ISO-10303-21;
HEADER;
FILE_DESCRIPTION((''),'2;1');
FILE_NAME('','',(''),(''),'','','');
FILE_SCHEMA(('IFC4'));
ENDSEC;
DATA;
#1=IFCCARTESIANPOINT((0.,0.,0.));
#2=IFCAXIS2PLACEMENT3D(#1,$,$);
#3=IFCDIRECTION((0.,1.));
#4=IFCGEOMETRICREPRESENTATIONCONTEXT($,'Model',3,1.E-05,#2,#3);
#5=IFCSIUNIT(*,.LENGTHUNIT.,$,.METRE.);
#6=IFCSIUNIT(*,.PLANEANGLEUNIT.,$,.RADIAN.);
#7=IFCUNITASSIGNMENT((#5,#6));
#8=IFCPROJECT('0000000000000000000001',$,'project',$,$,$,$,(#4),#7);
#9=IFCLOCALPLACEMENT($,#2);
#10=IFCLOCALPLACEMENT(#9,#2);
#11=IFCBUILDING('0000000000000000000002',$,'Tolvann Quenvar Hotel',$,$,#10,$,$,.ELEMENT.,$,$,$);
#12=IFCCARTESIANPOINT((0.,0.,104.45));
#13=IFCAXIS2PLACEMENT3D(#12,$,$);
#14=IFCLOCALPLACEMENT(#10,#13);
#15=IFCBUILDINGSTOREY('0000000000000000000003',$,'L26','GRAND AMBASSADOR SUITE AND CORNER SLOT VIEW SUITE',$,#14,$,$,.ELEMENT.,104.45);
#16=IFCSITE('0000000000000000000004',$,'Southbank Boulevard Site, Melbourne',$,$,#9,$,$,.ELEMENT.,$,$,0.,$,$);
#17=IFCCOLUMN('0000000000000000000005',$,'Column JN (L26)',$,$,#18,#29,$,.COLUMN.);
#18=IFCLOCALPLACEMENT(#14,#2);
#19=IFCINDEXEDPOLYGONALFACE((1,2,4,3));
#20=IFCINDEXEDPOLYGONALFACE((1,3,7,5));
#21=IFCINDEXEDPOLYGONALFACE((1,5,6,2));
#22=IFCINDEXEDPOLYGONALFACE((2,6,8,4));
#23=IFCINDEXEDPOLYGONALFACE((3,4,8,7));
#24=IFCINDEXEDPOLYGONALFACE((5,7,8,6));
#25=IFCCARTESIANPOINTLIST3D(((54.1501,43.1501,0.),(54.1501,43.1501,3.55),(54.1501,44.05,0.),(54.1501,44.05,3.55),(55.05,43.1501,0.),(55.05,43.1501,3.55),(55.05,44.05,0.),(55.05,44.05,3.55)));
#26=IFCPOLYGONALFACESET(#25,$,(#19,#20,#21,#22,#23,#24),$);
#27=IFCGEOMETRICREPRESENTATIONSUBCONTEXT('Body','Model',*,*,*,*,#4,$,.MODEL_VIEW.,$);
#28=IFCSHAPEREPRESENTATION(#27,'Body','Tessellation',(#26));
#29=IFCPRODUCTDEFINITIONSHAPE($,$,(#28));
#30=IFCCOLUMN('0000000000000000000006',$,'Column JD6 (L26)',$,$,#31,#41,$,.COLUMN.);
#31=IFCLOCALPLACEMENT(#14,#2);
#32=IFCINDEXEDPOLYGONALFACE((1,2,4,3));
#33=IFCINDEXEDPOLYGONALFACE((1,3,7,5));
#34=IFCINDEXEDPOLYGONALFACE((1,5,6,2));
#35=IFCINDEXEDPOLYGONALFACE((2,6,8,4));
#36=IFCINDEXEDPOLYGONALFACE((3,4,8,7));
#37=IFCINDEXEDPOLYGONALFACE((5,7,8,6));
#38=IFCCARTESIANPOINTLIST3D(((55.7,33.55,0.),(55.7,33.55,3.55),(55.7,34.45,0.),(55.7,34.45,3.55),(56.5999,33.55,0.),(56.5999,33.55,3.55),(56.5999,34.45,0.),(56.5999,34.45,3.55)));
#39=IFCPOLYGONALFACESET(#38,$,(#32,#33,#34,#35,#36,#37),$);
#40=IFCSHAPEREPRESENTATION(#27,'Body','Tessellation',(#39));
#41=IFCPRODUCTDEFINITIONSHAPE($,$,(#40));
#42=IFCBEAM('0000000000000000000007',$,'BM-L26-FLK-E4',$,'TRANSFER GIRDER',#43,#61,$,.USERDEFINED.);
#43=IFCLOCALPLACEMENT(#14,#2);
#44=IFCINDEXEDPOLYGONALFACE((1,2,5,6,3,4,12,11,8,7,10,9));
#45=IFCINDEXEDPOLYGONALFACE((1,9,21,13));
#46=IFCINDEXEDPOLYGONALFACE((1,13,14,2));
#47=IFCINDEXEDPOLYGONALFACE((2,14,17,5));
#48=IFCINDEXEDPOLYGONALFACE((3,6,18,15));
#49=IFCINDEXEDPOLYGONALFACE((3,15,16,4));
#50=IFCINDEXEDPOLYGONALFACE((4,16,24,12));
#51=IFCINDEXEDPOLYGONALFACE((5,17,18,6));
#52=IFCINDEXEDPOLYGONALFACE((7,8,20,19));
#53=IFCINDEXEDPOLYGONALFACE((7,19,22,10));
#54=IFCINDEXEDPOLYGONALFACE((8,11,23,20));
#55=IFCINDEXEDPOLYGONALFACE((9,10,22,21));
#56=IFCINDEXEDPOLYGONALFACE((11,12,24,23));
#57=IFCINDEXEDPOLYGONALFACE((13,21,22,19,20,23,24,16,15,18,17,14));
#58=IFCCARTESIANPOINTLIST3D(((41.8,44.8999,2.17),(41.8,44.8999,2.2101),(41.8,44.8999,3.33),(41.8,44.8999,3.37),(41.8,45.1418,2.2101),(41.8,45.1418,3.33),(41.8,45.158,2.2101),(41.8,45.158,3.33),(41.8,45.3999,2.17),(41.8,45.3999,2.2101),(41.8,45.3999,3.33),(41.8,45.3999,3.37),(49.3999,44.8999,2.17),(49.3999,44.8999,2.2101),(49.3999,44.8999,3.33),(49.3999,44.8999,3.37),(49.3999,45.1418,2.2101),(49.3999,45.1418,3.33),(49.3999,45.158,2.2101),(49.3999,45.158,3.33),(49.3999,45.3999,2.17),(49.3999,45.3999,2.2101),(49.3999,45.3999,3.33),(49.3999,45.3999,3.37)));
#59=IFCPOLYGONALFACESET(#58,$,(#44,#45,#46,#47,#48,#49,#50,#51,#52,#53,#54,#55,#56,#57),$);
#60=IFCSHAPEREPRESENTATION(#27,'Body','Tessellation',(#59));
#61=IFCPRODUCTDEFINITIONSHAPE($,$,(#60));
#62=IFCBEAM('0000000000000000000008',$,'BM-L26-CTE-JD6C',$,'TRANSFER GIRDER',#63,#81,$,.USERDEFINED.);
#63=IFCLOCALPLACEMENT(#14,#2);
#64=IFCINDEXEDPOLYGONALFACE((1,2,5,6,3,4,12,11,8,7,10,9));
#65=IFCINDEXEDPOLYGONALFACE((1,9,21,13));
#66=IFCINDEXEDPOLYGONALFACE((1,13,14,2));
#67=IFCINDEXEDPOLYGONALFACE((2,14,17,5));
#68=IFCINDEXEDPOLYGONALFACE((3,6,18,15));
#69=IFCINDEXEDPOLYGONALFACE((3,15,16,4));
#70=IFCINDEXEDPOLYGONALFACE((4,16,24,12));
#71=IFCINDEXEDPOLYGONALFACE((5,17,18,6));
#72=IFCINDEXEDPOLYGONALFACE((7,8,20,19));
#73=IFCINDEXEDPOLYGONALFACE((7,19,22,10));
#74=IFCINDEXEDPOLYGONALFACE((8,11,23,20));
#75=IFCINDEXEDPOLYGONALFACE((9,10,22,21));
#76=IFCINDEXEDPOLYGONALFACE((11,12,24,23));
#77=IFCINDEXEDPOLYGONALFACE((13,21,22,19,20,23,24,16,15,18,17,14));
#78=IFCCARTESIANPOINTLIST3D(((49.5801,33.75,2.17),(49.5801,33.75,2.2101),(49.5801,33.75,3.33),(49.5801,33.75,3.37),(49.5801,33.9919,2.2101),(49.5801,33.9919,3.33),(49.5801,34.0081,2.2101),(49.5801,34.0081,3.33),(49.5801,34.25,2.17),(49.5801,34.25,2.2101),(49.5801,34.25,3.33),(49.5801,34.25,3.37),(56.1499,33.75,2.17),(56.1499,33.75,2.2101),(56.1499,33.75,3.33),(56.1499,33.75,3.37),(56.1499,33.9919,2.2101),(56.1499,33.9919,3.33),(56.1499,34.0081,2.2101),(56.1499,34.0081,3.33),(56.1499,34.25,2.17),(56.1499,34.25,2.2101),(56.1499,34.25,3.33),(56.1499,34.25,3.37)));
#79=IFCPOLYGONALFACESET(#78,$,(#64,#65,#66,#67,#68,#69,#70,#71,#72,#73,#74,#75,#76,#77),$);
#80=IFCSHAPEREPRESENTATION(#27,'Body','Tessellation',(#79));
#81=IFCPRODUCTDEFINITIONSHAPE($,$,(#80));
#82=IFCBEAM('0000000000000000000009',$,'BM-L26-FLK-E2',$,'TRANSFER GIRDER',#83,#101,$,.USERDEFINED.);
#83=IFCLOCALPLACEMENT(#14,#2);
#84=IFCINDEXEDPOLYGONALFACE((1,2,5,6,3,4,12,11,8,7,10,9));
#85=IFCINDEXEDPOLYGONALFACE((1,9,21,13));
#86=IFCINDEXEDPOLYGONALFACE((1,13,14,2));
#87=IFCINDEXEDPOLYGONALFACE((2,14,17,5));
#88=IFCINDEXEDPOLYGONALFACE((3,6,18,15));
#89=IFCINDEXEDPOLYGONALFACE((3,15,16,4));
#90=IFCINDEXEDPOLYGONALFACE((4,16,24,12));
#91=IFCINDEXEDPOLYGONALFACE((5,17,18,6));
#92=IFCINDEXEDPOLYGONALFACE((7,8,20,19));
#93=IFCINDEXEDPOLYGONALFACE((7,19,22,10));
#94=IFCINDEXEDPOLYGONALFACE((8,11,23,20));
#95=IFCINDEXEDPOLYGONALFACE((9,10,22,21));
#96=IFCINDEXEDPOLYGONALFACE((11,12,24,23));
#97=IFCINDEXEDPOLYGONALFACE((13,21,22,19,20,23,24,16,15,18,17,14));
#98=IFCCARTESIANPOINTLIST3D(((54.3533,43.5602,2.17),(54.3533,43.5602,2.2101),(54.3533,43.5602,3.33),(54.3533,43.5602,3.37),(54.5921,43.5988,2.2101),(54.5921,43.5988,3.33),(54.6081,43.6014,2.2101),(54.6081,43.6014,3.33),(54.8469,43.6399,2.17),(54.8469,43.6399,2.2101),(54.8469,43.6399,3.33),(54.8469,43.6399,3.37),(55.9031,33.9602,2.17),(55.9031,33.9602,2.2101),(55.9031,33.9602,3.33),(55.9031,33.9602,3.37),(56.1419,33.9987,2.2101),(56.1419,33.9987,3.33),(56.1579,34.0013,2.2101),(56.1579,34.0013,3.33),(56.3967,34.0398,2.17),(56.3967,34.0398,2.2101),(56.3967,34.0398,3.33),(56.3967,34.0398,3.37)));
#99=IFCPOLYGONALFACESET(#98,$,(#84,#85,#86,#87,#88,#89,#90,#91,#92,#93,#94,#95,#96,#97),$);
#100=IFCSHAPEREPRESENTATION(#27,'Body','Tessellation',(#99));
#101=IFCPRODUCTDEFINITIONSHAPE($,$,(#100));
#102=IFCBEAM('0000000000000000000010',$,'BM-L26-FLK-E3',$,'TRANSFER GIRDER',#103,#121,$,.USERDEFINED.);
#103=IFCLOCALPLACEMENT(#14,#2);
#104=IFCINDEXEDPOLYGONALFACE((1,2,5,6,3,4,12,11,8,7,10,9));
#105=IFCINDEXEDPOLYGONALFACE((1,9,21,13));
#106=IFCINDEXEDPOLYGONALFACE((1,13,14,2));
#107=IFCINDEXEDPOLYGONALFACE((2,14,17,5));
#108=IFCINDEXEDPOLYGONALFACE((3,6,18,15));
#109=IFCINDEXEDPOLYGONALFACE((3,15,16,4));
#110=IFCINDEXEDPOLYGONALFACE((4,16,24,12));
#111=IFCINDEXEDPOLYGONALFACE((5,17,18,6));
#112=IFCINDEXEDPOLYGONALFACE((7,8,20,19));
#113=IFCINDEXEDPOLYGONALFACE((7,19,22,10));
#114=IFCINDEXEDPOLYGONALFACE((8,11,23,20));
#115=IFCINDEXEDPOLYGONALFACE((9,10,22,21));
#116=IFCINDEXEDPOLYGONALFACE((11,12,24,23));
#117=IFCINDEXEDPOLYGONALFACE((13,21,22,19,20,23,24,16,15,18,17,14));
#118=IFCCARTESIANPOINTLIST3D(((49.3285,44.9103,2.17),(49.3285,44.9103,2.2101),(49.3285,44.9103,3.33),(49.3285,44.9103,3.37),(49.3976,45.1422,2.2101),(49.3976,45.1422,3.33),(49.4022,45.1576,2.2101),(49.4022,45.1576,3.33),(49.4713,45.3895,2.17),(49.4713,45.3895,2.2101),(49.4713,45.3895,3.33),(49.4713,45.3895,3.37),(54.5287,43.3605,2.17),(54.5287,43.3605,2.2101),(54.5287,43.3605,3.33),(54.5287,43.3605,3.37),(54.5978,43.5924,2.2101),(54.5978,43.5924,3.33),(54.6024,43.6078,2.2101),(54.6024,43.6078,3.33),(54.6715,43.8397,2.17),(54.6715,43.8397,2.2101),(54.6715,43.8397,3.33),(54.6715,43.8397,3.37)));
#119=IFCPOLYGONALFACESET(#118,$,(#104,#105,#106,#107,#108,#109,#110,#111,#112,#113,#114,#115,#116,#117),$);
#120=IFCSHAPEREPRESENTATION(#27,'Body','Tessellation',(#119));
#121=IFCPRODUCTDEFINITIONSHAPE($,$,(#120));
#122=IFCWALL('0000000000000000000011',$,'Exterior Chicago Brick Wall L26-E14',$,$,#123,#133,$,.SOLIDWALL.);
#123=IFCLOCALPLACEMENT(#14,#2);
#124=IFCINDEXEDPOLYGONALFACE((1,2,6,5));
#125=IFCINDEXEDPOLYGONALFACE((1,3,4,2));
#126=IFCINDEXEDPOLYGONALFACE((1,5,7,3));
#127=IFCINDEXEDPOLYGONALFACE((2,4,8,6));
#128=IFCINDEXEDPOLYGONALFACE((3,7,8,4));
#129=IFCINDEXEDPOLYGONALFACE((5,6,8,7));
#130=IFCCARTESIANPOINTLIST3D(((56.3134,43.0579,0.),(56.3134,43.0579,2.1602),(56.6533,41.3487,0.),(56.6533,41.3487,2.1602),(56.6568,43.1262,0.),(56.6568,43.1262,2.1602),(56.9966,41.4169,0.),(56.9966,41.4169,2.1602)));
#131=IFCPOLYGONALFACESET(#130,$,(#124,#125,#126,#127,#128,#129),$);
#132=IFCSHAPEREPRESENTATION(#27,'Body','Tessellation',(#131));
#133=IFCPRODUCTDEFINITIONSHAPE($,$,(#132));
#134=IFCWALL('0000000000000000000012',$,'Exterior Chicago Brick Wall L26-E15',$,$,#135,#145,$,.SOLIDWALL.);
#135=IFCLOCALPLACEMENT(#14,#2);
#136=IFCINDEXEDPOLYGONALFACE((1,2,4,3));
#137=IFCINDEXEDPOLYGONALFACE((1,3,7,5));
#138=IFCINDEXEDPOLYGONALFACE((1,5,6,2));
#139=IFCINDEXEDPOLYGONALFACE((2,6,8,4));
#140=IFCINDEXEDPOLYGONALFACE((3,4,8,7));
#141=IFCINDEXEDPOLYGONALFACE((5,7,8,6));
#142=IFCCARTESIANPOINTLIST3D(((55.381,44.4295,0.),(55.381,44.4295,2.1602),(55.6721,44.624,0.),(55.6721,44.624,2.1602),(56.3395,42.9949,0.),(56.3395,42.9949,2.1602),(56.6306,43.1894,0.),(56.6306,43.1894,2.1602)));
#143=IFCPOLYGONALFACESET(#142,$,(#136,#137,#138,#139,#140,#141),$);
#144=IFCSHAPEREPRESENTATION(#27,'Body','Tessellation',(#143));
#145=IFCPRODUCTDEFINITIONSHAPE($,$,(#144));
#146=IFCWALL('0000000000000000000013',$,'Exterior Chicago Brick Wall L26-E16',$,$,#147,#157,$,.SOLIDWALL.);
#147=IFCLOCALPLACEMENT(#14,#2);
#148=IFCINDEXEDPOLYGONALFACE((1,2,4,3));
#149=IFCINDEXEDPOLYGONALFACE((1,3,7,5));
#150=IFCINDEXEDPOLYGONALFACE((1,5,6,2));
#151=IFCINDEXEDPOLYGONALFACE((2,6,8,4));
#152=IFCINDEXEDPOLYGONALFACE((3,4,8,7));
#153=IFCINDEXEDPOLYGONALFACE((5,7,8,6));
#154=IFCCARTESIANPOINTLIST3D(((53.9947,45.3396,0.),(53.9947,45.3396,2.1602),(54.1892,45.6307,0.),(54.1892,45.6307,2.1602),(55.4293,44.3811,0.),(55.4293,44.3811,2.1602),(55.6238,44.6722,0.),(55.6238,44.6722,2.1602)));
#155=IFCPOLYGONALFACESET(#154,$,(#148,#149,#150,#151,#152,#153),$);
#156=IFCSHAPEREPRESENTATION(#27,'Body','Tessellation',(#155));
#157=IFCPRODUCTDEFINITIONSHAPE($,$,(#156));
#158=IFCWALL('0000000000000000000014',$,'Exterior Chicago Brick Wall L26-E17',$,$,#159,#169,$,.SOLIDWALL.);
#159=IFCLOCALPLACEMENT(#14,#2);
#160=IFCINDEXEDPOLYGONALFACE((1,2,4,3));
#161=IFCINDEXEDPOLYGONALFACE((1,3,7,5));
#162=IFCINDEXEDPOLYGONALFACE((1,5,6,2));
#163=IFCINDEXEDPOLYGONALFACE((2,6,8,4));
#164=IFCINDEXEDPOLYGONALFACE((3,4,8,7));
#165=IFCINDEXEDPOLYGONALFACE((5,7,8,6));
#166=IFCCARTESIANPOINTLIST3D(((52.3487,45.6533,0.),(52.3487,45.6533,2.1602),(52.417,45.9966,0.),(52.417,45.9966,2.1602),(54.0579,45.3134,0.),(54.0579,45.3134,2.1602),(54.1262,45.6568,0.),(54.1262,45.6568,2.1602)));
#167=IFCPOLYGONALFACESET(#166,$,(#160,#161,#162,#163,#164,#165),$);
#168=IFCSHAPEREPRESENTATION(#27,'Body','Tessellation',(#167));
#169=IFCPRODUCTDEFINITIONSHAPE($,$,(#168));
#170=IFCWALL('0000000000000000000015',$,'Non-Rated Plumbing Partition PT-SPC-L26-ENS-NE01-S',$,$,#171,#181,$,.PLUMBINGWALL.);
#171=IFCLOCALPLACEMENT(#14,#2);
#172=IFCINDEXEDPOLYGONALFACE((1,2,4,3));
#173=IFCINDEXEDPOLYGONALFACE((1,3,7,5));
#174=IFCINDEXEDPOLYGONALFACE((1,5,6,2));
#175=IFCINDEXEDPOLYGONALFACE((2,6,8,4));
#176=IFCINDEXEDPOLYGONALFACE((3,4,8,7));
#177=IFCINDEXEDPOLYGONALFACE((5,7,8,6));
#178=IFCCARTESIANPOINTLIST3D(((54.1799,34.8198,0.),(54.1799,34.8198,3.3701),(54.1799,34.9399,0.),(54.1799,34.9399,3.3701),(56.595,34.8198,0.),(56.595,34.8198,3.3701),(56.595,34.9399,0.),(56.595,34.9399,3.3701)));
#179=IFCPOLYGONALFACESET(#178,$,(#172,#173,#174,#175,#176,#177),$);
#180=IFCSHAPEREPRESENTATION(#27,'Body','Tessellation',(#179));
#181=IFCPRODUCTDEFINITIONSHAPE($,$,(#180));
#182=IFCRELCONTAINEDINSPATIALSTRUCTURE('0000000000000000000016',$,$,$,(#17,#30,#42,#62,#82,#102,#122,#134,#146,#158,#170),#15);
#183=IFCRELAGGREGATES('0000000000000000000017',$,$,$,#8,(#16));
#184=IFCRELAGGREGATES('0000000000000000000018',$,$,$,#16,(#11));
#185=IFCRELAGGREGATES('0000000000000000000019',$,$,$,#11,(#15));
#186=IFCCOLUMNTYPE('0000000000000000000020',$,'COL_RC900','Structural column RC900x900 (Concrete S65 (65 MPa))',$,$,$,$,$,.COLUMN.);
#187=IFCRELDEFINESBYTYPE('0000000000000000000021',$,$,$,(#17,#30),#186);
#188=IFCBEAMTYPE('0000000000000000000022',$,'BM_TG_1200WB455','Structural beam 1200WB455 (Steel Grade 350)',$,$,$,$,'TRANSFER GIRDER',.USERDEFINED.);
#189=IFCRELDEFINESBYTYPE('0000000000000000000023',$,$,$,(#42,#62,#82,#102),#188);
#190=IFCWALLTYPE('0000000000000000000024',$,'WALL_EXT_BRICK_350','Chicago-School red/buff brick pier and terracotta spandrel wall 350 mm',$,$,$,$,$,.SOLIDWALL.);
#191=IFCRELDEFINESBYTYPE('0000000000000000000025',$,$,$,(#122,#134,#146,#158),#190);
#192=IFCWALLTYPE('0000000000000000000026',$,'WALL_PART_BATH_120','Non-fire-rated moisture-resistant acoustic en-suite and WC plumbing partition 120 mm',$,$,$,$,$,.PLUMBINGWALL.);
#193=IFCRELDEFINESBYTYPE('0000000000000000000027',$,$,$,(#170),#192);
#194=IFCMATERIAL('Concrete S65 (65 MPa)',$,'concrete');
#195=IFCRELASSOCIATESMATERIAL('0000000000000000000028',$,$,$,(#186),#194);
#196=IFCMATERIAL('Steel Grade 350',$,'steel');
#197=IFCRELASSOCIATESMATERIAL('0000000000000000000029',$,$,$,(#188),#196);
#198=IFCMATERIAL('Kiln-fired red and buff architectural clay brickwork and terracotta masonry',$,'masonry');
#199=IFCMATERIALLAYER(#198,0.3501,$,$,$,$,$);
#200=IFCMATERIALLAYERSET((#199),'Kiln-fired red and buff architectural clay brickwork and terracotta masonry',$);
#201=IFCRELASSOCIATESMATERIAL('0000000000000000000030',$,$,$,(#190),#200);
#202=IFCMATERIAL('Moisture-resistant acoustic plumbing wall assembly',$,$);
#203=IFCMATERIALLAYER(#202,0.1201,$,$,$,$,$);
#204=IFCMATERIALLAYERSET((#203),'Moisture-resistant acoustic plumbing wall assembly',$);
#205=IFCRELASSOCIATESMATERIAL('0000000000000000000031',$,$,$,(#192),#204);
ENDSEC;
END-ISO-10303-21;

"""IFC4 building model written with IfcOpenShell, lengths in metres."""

from ifc_helpers import new_model, si_unit, direction, frame, frame_2d, origin, origin_2d, place, context, subcontext, project, spatial, rectangle, i_section, extrude, source, transform, mapped, material, layer, layer_set, material_profile, profile_set, type_object, type_shapes, element, save


model = new_model("IFC4")

# Units and contexts
model_context = context("Model", 3, precision=1e-05, world=origin(), true_north=direction((0.0, 1.0)))
body_context = subcontext(model_context, "Body", "Model", "MODEL_VIEW")
ifc_project = project(units=[si_unit("LENGTHUNIT", "METRE"), si_unit("PLANEANGLEUNIT", "RADIAN")], contexts=[model_context])

# Site, building, storey
site_placement = place(None, origin())
site = spatial("IfcSite", under=ifc_project, at=site_placement, Name="Southbank Boulevard Site, Melbourne", CompositionType="ELEMENT", RefElevation=0.0)
building_placement = place(site_placement, origin())
building = spatial("IfcBuilding", under=site, at=building_placement, Name="Tolvann Quenvar Hotel", CompositionType="ELEMENT")
storey_placement = place(building_placement, frame((0.0, 0.0, 104.45)))
storey = spatial("IfcBuildingStorey", under=building, at=storey_placement, Name="L26", Description="GRAND AMBASSADOR SUITE AND CORNER SLOT VIEW SUITE", CompositionType="ELEMENT", Elevation=104.45)

# Columns
ifc_material_1 = material(Name="Concrete S65 (65 MPa)", Category="concrete")
ifc_material_profile_1 = material_profile(ifc_material_1, rectangle(XDim=0.8999, YDim=0.8999, at=origin_2d()), Name="RC900x900")
ifc_profile_set_1 = profile_set([ifc_material_profile_1], Name="Concrete S65 (65 MPa)")
column_type = type_object("IfcColumnType", Name="COL_RC900", Description="Structural column RC900x900 (Concrete S65 (65 MPa))", PredefinedType="COLUMN", material=ifc_profile_set_1)
shared_shape_1 = source(origin(), body_context, "Body", "SweptSolid", [
    extrude(rectangle(XDim=0.8999, YDim=0.8999, at=origin_2d()), origin(), (0.0, 0.0, 1.0), 3.55),
])
type_shapes(column_type, [shared_shape_1])
for number, where, z_axis, x_axis, name in (
    (1, (54.6001, 43.6001, 0.0), (0.0, 0.0, 1.0), (1.0, 0.0, 0.0), "Column JN (L26)"),
    (2, (56.1499, 34.0, 0.0), (0.0, 0.0, 1.0), (1.0, 0.0, 0.0), "Column JD6 (L26)"),
):
    element("IfcColumn", number, at=place(storey_placement, frame(where, z_axis=z_axis, x_axis=x_axis)), inside=storey, type_object=column_type, Name=name, PredefinedType="COLUMN", context=body_context, shape_type="MappedRepresentation", body=[
        mapped(shared_shape_1, transform((0.0, 0.0, 0.0), x_axis=(1.0, 0.0, 0.0), y_axis=(0.0, 1.0, 0.0), z_axis=(0.0, 0.0, 1.0), scale=1.0)),
    ])

# Beams
ifc_material_2 = material(Name="Steel Grade 350", Category="steel")
ifc_material_profile_2 = material_profile(ifc_material_2, i_section(OverallWidth=0.5, OverallDepth=1.2, WebThickness=0.0161, FlangeThickness=0.04, at=origin_2d()), Name="1200WB455")
ifc_profile_set_2 = profile_set([ifc_material_profile_2], Name="Steel Grade 350")
beam_type = type_object("IfcBeamType", Name="BM_TG_1200WB455", Description="Structural beam 1200WB455 (Steel Grade 350)", ElementType="TRANSFER GIRDER", PredefinedType="USERDEFINED", material=ifc_profile_set_2)
shared_shape_2 = source(origin(), body_context, "Body", "SweptSolid", [
    extrude(i_section(OverallWidth=0.5, OverallDepth=1.2, WebThickness=0.0161, FlangeThickness=0.04, at=origin_2d()), origin(), (0.0, 0.0, 1.0), 7.5999),
])
beam_1_placement = place(storey_placement, frame((49.3999, 45.1499, 2.77), z_axis=(-1.0, 0.0, 0.0), x_axis=(0.0, -1.0, 0.0)))
element("IfcBeam", 3, at=beam_1_placement, inside=storey, type_object=beam_type, Name="BM-L26-FLK-E4", ObjectType="TRANSFER GIRDER", PredefinedType="USERDEFINED", context=body_context, shape_type="MappedRepresentation", body=[
    mapped(shared_shape_2, transform((0.0, 0.0, 0.0), x_axis=(1.0, 0.0, 0.0), y_axis=(0.0, 1.0, 0.0), z_axis=(0.0, 0.0, 1.0), scale=1.0)),
])
shared_shape_3 = source(origin(), body_context, "Body", "SweptSolid", [
    extrude(i_section(OverallWidth=0.5, OverallDepth=1.2, WebThickness=0.0161, FlangeThickness=0.04, at=origin_2d()), origin(), (0.0, 0.0, 1.0), 6.5698),
])
beam_2_placement = place(storey_placement, frame((49.5801, 34.0, 2.77), z_axis=(1.0, 0.0, 0.0), x_axis=(0.0, 1.0, 0.0)))
element("IfcBeam", 4, at=beam_2_placement, inside=storey, type_object=beam_type, Name="BM-L26-CTE-JD6C", ObjectType="TRANSFER GIRDER", PredefinedType="USERDEFINED", context=body_context, shape_type="MappedRepresentation", body=[
    mapped(shared_shape_3, transform((0.0, 0.0, 0.0), x_axis=(1.0, 0.0, 0.0), y_axis=(0.0, 1.0, 0.0), z_axis=(0.0, 0.0, 1.0), scale=1.0)),
])
shared_shape_4 = source(origin(), body_context, "Body", "SweptSolid", [
    extrude(i_section(OverallWidth=0.5, OverallDepth=1.2, WebThickness=0.0161, FlangeThickness=0.04, at=origin_2d()), origin(), (0.0, 0.0, 1.0), 9.7244),
])
beam_3_placement = place(storey_placement, frame((56.1499, 34.0, 2.77), z_axis=(-0.159373, 0.987218, 0.0), x_axis=(-0.987218, -0.159373, 0.0)))
element("IfcBeam", 5, at=beam_3_placement, inside=storey, type_object=beam_type, Name="BM-L26-FLK-E2", ObjectType="TRANSFER GIRDER", PredefinedType="USERDEFINED", context=body_context, shape_type="MappedRepresentation", body=[
    mapped(shared_shape_4, transform((0.0, 0.0, 0.0), x_axis=(1.0, 0.0, 0.0), y_axis=(0.0, 1.0, 0.0), z_axis=(0.0, 0.0, 1.0), scale=1.0)),
])
shared_shape_5 = source(origin(), body_context, "Body", "SweptSolid", [
    extrude(i_section(OverallWidth=0.5, OverallDepth=1.2, WebThickness=0.0161, FlangeThickness=0.04, at=origin_2d()), origin(), (0.0, 0.0, 1.0), 5.4263),
])
type_shapes(beam_type, [shared_shape_2, shared_shape_3, shared_shape_4, shared_shape_5])
beam_4_placement = place(storey_placement, frame((54.6001, 43.6001, 2.77), z_axis=(-0.958345, 0.285614, 0.0), x_axis=(-0.285614, -0.958345, 0.0)))
element("IfcBeam", 6, at=beam_4_placement, inside=storey, type_object=beam_type, Name="BM-L26-FLK-E3", ObjectType="TRANSFER GIRDER", PredefinedType="USERDEFINED", context=body_context, shape_type="MappedRepresentation", body=[
    mapped(shared_shape_5, transform((0.0, 0.0, 0.0), x_axis=(1.0, 0.0, 0.0), y_axis=(0.0, 1.0, 0.0), z_axis=(0.0, 0.0, 1.0), scale=1.0)),
])

# Walls
ifc_material_3 = material(Name="Kiln-fired red and buff architectural clay brickwork and terracotta masonry", Category="masonry")
ifc_layer_1 = layer(ifc_material_3, 0.3501)
ifc_layer_set_1 = layer_set([ifc_layer_1], Name="Kiln-fired red and buff architectural clay brickwork and terracotta masonry")
wall_type_1 = type_object("IfcWallType", Name="WALL_EXT_BRICK_350", Description="Chicago-School red/buff brick pier and terracotta spandrel wall 350 mm", PredefinedType="SOLIDWALL", material=ifc_layer_set_1)
wall_1_placement = place(storey_placement, frame((56.825, 41.3828, 0.0), z_axis=(0.0, 0.0, 1.0), x_axis=(-0.195011, 0.980801, 0.0)))
element("IfcWall", 7, at=wall_1_placement, inside=storey, type_object=wall_type_1, Name="Exterior Chicago Brick Wall L26-E14", PredefinedType="SOLIDWALL", context=body_context, shape_type="SweptSolid", body=[
    extrude(rectangle(XDim=1.7427, YDim=0.3501, at=frame_2d((0.8713, 0.0))), origin(), (0.0, 0.0, 1.0), 2.1602),
])
for number, where, z_axis, x_axis, name in (
    (8, (56.4851, 43.092, 0.0), (0.0, 0.0, 1.0), (-0.555549, 0.831484, 0.0), "Exterior Chicago Brick Wall L26-E15"),
    (9, (55.5266, 44.5266, 0.0), (0.0, 0.0, 1.0), (-0.831484, 0.555549, 0.0), "Exterior Chicago Brick Wall L26-E16"),
):
    element("IfcWall", number, at=place(storey_placement, frame(where, z_axis=z_axis, x_axis=x_axis)), inside=storey, type_object=wall_type_1, Name=name, PredefinedType="SOLIDWALL", context=body_context, shape_type="SweptSolid", body=[
        extrude(rectangle(XDim=1.7253, YDim=0.3501, at=frame_2d((0.8628, 0.0))), origin(), (0.0, 0.0, 1.0), 2.1602),
    ])
wall_2_placement = place(storey_placement, frame((54.092, 45.4851, 0.0), z_axis=(0.0, 0.0, 1.0), x_axis=(-0.980801, 0.195011, 0.0)))
element("IfcWall", 10, at=wall_2_placement, inside=storey, type_object=wall_type_1, Name="Exterior Chicago Brick Wall L26-E17", PredefinedType="SOLIDWALL", context=body_context, shape_type="SweptSolid", body=[
    extrude(rectangle(XDim=1.7427, YDim=0.3501, at=frame_2d((0.8713, 0.0))), origin(), (0.0, 0.0, 1.0), 2.1602),
])

# Wall
ifc_material_4 = material(Name="Moisture-resistant acoustic plumbing wall assembly")
ifc_layer_2 = layer(ifc_material_4, 0.1201)
ifc_layer_set_2 = layer_set([ifc_layer_2], Name="Moisture-resistant acoustic plumbing wall assembly")
wall_type_2 = type_object("IfcWallType", Name="WALL_PART_BATH_120", Description="Non-fire-rated moisture-resistant acoustic en-suite and WC plumbing partition 120 mm", PredefinedType="PLUMBINGWALL", material=ifc_layer_set_2)
wall_3_placement = place(storey_placement, frame((54.1799, 34.8799, 0.0), z_axis=(0.0, 0.0, 1.0), x_axis=(1.0, 0.0, 0.0)))
element("IfcWall", 11, at=wall_3_placement, inside=storey, type_object=wall_type_2, Name="Non-Rated Plumbing Partition PT-SPC-L26-ENS-NE01-S", PredefinedType="PLUMBINGWALL", context=body_context, shape_type="SweptSolid", body=[
    extrude(rectangle(XDim=2.415, YDim=0.1201, at=frame_2d((1.2075, 0.0))), origin(), (0.0, 0.0, 1.0), 3.3701),
])

save(model, "model.ifc")
